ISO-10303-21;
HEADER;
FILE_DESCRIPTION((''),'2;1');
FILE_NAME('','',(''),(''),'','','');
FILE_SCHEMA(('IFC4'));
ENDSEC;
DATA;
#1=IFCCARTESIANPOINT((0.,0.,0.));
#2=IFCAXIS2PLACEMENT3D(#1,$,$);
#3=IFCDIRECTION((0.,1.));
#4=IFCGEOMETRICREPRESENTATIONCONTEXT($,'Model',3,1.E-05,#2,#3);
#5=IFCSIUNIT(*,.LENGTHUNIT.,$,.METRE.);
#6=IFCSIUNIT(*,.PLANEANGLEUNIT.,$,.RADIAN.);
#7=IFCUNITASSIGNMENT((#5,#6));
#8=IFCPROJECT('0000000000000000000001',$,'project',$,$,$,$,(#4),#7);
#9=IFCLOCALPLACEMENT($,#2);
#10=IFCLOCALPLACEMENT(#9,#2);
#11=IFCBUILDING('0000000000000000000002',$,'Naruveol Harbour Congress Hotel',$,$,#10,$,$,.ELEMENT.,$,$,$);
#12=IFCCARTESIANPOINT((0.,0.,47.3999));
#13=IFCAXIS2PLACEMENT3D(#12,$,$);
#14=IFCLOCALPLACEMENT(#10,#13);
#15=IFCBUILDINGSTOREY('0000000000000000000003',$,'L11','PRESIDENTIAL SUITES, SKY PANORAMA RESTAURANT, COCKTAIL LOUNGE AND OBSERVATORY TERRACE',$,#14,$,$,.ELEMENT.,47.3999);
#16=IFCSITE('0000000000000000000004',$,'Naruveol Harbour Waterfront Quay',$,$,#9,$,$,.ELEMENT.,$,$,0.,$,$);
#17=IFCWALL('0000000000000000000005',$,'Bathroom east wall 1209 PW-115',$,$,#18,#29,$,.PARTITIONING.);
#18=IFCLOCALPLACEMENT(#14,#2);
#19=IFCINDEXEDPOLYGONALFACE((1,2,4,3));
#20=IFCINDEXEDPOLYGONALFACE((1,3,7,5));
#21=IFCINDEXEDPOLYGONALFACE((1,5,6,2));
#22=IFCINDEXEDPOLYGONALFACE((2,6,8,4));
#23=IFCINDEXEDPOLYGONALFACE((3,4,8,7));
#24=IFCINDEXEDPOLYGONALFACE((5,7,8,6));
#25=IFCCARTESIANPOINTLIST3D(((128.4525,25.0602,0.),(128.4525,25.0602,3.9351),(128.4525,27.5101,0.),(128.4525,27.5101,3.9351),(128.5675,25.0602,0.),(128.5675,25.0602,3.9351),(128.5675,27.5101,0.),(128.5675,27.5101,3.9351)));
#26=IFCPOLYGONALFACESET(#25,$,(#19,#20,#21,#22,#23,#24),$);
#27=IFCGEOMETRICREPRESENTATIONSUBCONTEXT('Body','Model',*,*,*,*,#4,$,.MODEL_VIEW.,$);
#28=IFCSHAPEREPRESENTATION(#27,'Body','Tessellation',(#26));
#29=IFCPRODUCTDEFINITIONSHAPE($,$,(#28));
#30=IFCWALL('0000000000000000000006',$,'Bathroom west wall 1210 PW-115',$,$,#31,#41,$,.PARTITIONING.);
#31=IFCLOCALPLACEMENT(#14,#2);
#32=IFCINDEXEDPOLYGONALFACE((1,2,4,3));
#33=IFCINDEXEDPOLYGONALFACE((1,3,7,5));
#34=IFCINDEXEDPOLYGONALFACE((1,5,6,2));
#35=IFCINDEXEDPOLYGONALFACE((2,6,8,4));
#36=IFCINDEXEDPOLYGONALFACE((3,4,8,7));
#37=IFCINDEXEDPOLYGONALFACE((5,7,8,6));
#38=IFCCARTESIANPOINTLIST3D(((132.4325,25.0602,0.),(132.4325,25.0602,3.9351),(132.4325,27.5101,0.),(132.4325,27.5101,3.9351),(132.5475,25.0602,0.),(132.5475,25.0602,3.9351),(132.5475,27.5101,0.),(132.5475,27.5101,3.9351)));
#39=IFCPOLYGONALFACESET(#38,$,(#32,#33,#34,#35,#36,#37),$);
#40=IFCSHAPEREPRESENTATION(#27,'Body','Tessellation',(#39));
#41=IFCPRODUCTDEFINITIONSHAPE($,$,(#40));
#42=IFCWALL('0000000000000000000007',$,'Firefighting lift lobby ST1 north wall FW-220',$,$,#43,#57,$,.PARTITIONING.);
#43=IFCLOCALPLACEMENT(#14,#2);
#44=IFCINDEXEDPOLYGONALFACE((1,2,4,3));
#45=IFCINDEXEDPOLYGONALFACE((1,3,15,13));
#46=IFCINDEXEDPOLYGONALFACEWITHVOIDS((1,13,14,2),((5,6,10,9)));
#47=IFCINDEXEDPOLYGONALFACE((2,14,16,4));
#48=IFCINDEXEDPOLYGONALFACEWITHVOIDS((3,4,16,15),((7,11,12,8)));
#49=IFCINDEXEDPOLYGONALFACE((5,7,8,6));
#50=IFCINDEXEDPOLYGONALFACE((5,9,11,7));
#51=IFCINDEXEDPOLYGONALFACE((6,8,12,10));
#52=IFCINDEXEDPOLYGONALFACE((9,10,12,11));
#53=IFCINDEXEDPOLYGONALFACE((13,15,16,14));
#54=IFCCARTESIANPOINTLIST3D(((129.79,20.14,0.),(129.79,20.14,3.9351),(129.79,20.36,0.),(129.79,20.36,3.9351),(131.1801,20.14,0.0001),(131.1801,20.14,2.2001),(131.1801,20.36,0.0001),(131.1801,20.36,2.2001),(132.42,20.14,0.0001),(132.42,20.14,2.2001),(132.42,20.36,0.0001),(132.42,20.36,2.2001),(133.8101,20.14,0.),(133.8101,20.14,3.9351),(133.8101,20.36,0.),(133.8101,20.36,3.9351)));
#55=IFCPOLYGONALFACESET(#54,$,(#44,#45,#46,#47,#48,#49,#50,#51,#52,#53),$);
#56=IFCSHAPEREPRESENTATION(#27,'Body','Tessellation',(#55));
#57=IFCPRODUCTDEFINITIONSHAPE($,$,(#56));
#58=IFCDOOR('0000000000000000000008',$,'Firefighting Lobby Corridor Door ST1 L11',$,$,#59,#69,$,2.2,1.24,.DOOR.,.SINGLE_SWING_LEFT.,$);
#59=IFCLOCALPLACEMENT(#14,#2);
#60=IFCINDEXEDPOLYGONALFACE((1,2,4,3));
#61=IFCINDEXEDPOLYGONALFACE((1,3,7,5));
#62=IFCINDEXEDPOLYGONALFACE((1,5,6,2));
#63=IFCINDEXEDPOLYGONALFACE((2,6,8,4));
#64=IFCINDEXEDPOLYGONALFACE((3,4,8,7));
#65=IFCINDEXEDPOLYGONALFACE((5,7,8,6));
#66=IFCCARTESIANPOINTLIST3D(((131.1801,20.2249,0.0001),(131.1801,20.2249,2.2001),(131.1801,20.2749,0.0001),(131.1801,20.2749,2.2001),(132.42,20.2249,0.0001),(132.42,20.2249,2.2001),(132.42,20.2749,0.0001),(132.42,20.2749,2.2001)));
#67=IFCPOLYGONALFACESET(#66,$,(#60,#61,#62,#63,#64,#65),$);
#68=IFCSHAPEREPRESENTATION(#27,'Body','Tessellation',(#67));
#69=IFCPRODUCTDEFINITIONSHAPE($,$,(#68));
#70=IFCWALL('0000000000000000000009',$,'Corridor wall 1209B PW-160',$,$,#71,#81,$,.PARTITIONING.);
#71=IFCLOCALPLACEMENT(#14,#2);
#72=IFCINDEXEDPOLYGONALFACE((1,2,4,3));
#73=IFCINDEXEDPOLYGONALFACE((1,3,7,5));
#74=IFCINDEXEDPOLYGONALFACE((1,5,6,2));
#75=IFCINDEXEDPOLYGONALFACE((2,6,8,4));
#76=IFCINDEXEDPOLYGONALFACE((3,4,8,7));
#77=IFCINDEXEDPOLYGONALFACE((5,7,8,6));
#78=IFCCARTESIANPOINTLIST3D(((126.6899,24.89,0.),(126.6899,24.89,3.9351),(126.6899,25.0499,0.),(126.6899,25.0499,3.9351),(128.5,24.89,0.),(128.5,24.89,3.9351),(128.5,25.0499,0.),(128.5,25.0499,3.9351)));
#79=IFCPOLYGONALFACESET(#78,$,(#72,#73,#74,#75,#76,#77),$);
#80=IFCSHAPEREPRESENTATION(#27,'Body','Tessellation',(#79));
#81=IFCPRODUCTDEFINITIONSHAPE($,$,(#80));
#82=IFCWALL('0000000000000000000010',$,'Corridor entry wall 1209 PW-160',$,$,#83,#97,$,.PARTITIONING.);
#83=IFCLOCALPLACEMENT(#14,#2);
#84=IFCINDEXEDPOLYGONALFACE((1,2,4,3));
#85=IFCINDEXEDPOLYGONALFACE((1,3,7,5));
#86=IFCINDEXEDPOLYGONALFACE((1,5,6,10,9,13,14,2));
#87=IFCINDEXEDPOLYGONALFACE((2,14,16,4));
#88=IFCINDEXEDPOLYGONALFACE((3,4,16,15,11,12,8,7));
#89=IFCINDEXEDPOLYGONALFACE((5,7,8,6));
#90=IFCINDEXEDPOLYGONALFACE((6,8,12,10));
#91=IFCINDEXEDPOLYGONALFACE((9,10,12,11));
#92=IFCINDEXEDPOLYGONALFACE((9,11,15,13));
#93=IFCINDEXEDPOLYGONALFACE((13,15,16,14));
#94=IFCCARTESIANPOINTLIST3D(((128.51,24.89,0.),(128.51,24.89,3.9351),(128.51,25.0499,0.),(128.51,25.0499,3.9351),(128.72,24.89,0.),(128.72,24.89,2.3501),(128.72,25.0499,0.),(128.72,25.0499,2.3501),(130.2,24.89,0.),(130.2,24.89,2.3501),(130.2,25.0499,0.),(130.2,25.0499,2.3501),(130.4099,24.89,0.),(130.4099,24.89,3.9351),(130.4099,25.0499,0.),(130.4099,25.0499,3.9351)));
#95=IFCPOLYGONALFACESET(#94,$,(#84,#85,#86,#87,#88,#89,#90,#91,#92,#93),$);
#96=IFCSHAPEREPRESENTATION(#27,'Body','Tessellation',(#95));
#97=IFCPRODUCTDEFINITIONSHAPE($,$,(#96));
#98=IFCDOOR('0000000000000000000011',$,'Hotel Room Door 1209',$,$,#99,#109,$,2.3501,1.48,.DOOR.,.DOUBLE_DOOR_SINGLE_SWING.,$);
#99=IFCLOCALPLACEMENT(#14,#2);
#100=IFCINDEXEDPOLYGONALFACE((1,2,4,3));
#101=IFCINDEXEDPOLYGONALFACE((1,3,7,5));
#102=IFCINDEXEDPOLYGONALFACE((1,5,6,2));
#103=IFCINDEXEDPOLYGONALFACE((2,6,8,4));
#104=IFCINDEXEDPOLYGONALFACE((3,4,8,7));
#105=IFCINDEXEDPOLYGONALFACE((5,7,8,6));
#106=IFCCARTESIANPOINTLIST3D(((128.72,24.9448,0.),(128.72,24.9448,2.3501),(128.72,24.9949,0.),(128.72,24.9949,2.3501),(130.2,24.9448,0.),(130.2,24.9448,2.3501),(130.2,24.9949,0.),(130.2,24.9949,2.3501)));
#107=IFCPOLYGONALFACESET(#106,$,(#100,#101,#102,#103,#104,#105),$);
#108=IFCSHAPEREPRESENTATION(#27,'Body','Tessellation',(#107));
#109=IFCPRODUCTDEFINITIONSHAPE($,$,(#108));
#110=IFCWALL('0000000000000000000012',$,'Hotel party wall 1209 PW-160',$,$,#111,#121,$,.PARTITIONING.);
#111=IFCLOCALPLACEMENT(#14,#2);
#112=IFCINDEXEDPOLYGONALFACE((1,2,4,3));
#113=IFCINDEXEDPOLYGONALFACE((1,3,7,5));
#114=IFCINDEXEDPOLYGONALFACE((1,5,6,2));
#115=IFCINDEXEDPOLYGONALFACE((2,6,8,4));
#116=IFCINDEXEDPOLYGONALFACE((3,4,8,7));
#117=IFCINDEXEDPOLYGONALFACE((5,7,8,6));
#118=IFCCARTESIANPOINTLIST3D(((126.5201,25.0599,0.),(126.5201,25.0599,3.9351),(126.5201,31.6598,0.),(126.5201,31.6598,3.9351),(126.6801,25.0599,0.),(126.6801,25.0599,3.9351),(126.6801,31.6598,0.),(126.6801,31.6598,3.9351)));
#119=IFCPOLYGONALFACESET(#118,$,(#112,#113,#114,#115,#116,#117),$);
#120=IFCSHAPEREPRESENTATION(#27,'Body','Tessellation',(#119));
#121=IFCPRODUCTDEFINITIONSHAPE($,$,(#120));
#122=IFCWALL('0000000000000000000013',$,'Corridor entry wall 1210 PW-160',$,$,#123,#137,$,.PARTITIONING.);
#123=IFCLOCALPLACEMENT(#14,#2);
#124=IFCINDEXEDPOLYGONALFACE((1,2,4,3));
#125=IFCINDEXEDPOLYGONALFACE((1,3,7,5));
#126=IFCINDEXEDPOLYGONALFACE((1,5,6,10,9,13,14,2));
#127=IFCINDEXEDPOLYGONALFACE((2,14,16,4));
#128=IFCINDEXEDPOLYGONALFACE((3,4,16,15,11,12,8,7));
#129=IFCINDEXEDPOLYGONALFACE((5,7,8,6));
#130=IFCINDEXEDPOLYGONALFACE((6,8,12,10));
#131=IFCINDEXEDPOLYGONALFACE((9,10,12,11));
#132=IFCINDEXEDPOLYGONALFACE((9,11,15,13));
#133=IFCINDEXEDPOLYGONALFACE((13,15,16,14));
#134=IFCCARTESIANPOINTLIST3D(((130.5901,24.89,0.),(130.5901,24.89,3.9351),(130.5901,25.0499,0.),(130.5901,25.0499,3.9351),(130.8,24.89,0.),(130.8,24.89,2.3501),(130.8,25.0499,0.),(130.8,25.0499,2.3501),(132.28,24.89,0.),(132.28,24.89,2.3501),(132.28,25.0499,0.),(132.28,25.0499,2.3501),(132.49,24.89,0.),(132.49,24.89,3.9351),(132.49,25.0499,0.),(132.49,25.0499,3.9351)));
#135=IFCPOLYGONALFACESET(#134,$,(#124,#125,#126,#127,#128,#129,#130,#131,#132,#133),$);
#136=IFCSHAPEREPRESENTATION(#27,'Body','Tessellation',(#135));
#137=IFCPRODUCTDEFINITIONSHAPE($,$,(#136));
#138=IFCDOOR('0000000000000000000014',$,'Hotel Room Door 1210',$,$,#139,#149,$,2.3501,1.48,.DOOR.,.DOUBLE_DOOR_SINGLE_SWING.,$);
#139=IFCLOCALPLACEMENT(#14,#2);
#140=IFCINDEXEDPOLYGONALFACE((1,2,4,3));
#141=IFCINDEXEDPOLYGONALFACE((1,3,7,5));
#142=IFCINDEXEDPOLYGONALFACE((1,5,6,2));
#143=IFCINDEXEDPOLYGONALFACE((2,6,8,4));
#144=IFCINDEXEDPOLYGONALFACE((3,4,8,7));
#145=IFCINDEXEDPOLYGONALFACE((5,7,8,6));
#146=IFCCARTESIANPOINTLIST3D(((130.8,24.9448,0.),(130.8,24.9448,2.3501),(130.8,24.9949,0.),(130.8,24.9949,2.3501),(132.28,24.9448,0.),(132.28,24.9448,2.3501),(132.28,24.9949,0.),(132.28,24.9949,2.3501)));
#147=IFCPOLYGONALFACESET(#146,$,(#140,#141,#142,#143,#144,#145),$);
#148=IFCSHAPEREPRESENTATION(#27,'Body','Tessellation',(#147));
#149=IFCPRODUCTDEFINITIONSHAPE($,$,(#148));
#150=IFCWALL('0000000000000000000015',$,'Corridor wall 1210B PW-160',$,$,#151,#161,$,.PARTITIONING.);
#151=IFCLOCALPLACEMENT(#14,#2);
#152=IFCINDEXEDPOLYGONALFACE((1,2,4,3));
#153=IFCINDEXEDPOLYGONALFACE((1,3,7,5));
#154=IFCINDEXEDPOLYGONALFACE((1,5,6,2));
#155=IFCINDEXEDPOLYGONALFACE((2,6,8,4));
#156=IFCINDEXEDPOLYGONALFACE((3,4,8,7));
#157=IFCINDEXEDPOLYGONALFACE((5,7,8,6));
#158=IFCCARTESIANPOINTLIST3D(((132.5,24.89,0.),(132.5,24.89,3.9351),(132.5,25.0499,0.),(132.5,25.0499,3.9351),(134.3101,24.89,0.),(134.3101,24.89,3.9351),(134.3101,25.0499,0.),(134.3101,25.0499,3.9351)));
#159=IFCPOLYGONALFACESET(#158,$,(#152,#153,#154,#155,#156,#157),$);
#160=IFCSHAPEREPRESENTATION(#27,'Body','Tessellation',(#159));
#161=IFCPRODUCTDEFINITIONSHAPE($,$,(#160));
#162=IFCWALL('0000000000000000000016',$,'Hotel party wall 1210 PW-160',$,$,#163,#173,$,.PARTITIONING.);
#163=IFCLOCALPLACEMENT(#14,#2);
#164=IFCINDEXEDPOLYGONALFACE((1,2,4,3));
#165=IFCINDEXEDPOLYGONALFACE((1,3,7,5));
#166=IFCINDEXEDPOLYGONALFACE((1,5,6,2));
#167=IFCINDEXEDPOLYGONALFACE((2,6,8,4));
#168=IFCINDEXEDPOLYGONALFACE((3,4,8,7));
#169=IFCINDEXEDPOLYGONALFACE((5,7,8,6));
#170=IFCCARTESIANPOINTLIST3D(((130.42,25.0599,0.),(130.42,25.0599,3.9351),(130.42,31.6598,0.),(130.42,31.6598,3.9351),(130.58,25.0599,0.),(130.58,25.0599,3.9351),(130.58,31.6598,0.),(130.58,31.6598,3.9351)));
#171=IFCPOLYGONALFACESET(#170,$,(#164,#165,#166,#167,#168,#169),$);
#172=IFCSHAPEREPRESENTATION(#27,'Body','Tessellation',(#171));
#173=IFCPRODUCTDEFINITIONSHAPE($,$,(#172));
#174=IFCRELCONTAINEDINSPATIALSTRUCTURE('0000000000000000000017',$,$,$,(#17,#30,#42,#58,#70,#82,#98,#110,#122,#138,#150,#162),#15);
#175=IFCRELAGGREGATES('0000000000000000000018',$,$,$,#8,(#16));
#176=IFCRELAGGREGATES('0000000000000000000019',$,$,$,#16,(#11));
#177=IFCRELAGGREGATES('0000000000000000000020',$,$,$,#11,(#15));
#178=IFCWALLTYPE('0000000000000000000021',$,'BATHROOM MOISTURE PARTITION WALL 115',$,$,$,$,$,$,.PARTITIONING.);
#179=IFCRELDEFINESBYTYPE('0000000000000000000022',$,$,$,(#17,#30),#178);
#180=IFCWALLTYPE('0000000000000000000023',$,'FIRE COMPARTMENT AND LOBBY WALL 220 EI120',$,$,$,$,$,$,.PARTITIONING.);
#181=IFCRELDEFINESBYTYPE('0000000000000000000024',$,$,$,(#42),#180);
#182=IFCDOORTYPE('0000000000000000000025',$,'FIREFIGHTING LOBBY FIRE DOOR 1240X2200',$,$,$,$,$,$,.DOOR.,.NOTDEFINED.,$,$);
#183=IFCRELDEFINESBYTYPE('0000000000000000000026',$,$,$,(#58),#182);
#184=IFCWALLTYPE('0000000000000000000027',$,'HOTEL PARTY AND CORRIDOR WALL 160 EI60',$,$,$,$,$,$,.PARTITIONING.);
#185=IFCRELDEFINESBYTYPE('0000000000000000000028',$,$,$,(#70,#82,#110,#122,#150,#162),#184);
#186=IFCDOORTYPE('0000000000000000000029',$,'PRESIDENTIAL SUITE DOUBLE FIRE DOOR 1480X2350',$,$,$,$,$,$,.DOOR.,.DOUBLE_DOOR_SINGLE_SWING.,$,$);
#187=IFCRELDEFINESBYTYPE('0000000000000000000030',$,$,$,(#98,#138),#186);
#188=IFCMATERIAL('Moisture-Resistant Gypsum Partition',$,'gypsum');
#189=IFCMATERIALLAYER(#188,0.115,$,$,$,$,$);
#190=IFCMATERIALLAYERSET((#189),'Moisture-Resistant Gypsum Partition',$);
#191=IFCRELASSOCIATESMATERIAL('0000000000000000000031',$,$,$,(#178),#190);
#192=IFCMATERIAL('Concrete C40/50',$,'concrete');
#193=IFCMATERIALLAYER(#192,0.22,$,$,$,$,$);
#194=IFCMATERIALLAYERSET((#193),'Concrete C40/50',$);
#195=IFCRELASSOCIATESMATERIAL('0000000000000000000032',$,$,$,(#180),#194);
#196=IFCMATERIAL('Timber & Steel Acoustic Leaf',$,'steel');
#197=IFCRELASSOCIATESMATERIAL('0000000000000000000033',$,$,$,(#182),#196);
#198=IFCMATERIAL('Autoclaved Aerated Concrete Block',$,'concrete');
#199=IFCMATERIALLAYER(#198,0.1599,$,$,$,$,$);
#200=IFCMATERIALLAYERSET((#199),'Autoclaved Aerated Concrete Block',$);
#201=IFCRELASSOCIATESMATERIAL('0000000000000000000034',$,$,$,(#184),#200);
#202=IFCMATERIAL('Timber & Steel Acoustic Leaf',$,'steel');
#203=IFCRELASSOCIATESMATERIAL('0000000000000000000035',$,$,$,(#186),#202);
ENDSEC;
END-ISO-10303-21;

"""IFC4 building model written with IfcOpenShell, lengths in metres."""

from ifc_helpers import new_model, si_unit, direction, frame, frame_2d, origin, place, context, subcontext, project, spatial, rectangle, extrude, material, layer, layer_set, type_object, element, fill, save


model = new_model("IFC4")

# Units and contexts
model_context = context("Model", 3, precision=1e-05, world=origin(), true_north=direction((0.0, 1.0)))
body_context = subcontext(model_context, "Body", "Model", "MODEL_VIEW")
ifc_project = project(units=[si_unit("LENGTHUNIT", "METRE"), si_unit("PLANEANGLEUNIT", "RADIAN")], contexts=[model_context])

# Site, building, storey
site_placement = place(None, origin())
site = spatial("IfcSite", under=ifc_project, at=site_placement, Name="Naruveol Harbour Waterfront Quay", CompositionType="ELEMENT", RefElevation=0.0)
building_placement = place(site_placement, origin())
building = spatial("IfcBuilding", under=site, at=building_placement, Name="Naruveol Harbour Congress Hotel", CompositionType="ELEMENT")
storey_placement = place(building_placement, frame((0.0, 0.0, 47.3999)))
storey = spatial("IfcBuildingStorey", under=building, at=storey_placement, Name="L11", Description="PRESIDENTIAL SUITES, SKY PANORAMA RESTAURANT, COCKTAIL LOUNGE AND OBSERVATORY TERRACE", CompositionType="ELEMENT", Elevation=47.3999)

# Wall
ifc_material_1 = material(Name="Moisture-Resistant Gypsum Partition", Category="gypsum")
ifc_layer_1 = layer(ifc_material_1, 0.115)
ifc_layer_set_1 = layer_set([ifc_layer_1], Name="Moisture-Resistant Gypsum Partition")
wall_type_1 = type_object("IfcWallType", Name="BATHROOM MOISTURE PARTITION WALL 115", PredefinedType="PARTITIONING", material=ifc_layer_set_1)
wall_1_placement = place(storey_placement, frame((128.51, 25.0601, 0.0), z_axis=(0.0, 0.0, 1.0), x_axis=(0.0, 1.0, 0.0)))
element("IfcWall", 1, at=wall_1_placement, inside=storey, type_object=wall_type_1, Name="Bathroom east wall 1209 PW-115", PredefinedType="PARTITIONING", context=body_context, shape_type="SweptSolid", body=[
    extrude(rectangle(XDim=2.45, YDim=0.115, at=frame_2d((1.2251, 0.0))), origin(), (0.0, 0.0, 1.0), 3.9351),
])

# Wall
wall_2_placement = place(storey_placement, frame((132.49, 25.0601, 0.0), z_axis=(0.0, 0.0, 1.0), x_axis=(0.0, 1.0, 0.0)))
element("IfcWall", 2, at=wall_2_placement, inside=storey, type_object=wall_type_1, Name="Bathroom west wall 1210 PW-115", PredefinedType="PARTITIONING", context=body_context, shape_type="SweptSolid", body=[
    extrude(rectangle(XDim=2.45, YDim=0.115, at=frame_2d((1.2251, 0.0))), origin(), (0.0, 0.0, 1.0), 3.9351),
])

# Wall, opening, door
ifc_material_2 = material(Name="Concrete C40/50", Category="concrete")
ifc_layer_2 = layer(ifc_material_2, 0.22)
ifc_layer_set_2 = layer_set([ifc_layer_2], Name="Concrete C40/50")
wall_type_2 = type_object("IfcWallType", Name="FIRE COMPARTMENT AND LOBBY WALL 220 EI120", PredefinedType="PARTITIONING", material=ifc_layer_set_2)
wall_3_placement = place(storey_placement, frame((129.79, 20.25, 0.0), z_axis=(0.0, 0.0, 1.0), x_axis=(1.0, 0.0, 0.0)))
wall_3 = element("IfcWall", 3, at=wall_3_placement, inside=storey, type_object=wall_type_2, Name="Firefighting lift lobby ST1 north wall FW-220", PredefinedType="PARTITIONING", context=body_context, shape_type="SweptSolid", body=[
    extrude(rectangle(XDim=4.02, YDim=0.22, at=frame_2d((2.01, 0.0))), origin(), (0.0, 0.0, 1.0), 3.9351),
])
opening_1_placement = place(wall_3_placement, frame((1.3899, 0.0, 0.0)))
opening_1 = element("IfcOpeningElement", 4, at=opening_1_placement, cuts=wall_3, PredefinedType="OPENING", context=body_context, shape_type="SweptSolid", body=[
    extrude(rectangle(XDim=1.24, YDim=2.2, at=frame_2d((0.6201, 1.1001))), frame((0.0, 0.1199, 0.0), z_axis=(0.0, -1.0, 0.0), x_axis=(1.0, 0.0, 0.0)), (0.0, 0.0, 1.0), 0.24),
])
ifc_material_3 = material(Name="Timber & Steel Acoustic Leaf", Category="steel")
door_type_1 = type_object("IfcDoorType", Name="FIREFIGHTING LOBBY FIRE DOOR 1240X2200", OperationType="NOTDEFINED", PredefinedType="DOOR", material=ifc_material_3)
door_1_placement = place(opening_1_placement, origin())
door_1 = element("IfcDoor", 5, at=door_1_placement, inside=storey, type_object=door_type_1, Name="Firefighting Lobby Corridor Door ST1 L11", OperationType="SINGLE_SWING_LEFT", OverallHeight=2.2, OverallWidth=1.24, PredefinedType="DOOR", context=body_context, shape_type="SweptSolid", body=[
    extrude(rectangle(XDim=1.24, YDim=2.2, at=frame_2d((0.6201, 1.1001))), frame((0.0, 0.0249, 0.0), z_axis=(0.0, -1.0, 0.0), x_axis=(1.0, 0.0, 0.0)), (0.0, 0.0, 1.0), 0.05),
])
fill(opening_1, door_1)

# Wall
ifc_material_4 = material(Name="Autoclaved Aerated Concrete Block", Category="concrete")
ifc_layer_3 = layer(ifc_material_4, 0.1599)
ifc_layer_set_3 = layer_set([ifc_layer_3], Name="Autoclaved Aerated Concrete Block")
wall_type_3 = type_object("IfcWallType", Name="HOTEL PARTY AND CORRIDOR WALL 160 EI60", PredefinedType="PARTITIONING", material=ifc_layer_set_3)
wall_4_placement = place(storey_placement, frame((126.6899, 24.97, 0.0), z_axis=(0.0, 0.0, 1.0), x_axis=(1.0, 0.0, 0.0)))
element("IfcWall", 6, at=wall_4_placement, inside=storey, type_object=wall_type_3, Name="Corridor wall 1209B PW-160", PredefinedType="PARTITIONING", context=body_context, shape_type="SweptSolid", body=[
    extrude(rectangle(XDim=1.8101, YDim=0.1599, at=frame_2d((0.905, 0.0))), origin(), (0.0, 0.0, 1.0), 3.9351),
])

# Wall, opening, door
wall_5_placement = place(storey_placement, frame((128.51, 24.97, 0.0), z_axis=(0.0, 0.0, 1.0), x_axis=(1.0, 0.0, 0.0)))
wall_5 = element("IfcWall", 7, at=wall_5_placement, inside=storey, type_object=wall_type_3, Name="Corridor entry wall 1209 PW-160", PredefinedType="PARTITIONING", context=body_context, shape_type="SweptSolid", body=[
    extrude(rectangle(XDim=1.8999, YDim=0.1599, at=frame_2d((0.95, 0.0))), origin(), (0.0, 0.0, 1.0), 3.9351),
])
opening_2_placement = place(wall_5_placement, frame((0.21, 0.0, 0.0)))
opening_2 = element("IfcOpeningElement", 8, at=opening_2_placement, cuts=wall_5, PredefinedType="OPENING", context=body_context, shape_type="SweptSolid", body=[
    extrude(rectangle(XDim=1.48, YDim=2.3501, at=frame_2d((0.74, 1.175))), frame((0.0, 0.0898, 0.0), z_axis=(0.0, -1.0, 0.0), x_axis=(1.0, 0.0, 0.0)), (0.0, 0.0, 1.0), 0.1799),
])
ifc_material_5 = material(Name="Timber & Steel Acoustic Leaf", Category="steel")
door_type_2 = type_object("IfcDoorType", Name="PRESIDENTIAL SUITE DOUBLE FIRE DOOR 1480X2350", OperationType="DOUBLE_DOOR_SINGLE_SWING", PredefinedType="DOOR", material=ifc_material_5)
door_2_placement = place(opening_2_placement, origin())
door_2 = element("IfcDoor", 9, at=door_2_placement, inside=storey, type_object=door_type_2, Name="Hotel Room Door 1209", OperationType="DOUBLE_DOOR_SINGLE_SWING", OverallHeight=2.3501, OverallWidth=1.48, PredefinedType="DOOR", context=body_context, shape_type="SweptSolid", body=[
    extrude(rectangle(XDim=1.48, YDim=2.3501, at=frame_2d((0.74, 1.175))), frame((0.0, 0.0249, 0.0), z_axis=(0.0, -1.0, 0.0), x_axis=(1.0, 0.0, 0.0)), (0.0, 0.0, 1.0), 0.05),
])
fill(opening_2, door_2)

# Wall
wall_6_placement = place(storey_placement, frame((126.6001, 25.0601, 0.0), z_axis=(0.0, 0.0, 1.0), x_axis=(0.0, 1.0, 0.0)))
element("IfcWall", 10, at=wall_6_placement, inside=storey, type_object=wall_type_3, Name="Hotel party wall 1209 PW-160", PredefinedType="PARTITIONING", context=body_context, shape_type="SweptSolid", body=[
    extrude(rectangle(XDim=6.5999, YDim=0.1599, at=frame_2d((3.2998, 0.0))), origin(), (0.0, 0.0, 1.0), 3.9351),
])

# Wall, opening, door
wall_7_placement = place(storey_placement, frame((130.5901, 24.97, 0.0), z_axis=(0.0, 0.0, 1.0), x_axis=(1.0, 0.0, 0.0)))
wall_7 = element("IfcWall", 11, at=wall_7_placement, inside=storey, type_object=wall_type_3, Name="Corridor entry wall 1210 PW-160", PredefinedType="PARTITIONING", context=body_context, shape_type="SweptSolid", body=[
    extrude(rectangle(XDim=1.8999, YDim=0.1599, at=frame_2d((0.95, 0.0))), origin(), (0.0, 0.0, 1.0), 3.9351),
])
opening_3_placement = place(wall_7_placement, frame((0.21, 0.0, 0.0)))
opening_3 = element("IfcOpeningElement", 12, at=opening_3_placement, cuts=wall_7, PredefinedType="OPENING", context=body_context, shape_type="SweptSolid", body=[
    extrude(rectangle(XDim=1.48, YDim=2.3501, at=frame_2d((0.74, 1.175))), frame((0.0, 0.0898, 0.0), z_axis=(0.0, -1.0, 0.0), x_axis=(1.0, 0.0, 0.0)), (0.0, 0.0, 1.0), 0.1799),
])
door_3_placement = place(opening_3_placement, origin())
door_3 = element("IfcDoor", 13, at=door_3_placement, inside=storey, type_object=door_type_2, Name="Hotel Room Door 1210", OperationType="DOUBLE_DOOR_SINGLE_SWING", OverallHeight=2.3501, OverallWidth=1.48, PredefinedType="DOOR", context=body_context, shape_type="SweptSolid", body=[
    extrude(rectangle(XDim=1.48, YDim=2.3501, at=frame_2d((0.74, 1.175))), frame((0.0, 0.0249, 0.0), z_axis=(0.0, -1.0, 0.0), x_axis=(1.0, 0.0, 0.0)), (0.0, 0.0, 1.0), 0.05),
])
fill(opening_3, door_3)

# Walls
wall_8_placement = place(storey_placement, frame((132.5, 24.97, 0.0), z_axis=(0.0, 0.0, 1.0), x_axis=(1.0, 0.0, 0.0)))
element("IfcWall", 14, at=wall_8_placement, inside=storey, type_object=wall_type_3, Name="Corridor wall 1210B PW-160", PredefinedType="PARTITIONING", context=body_context, shape_type="SweptSolid", body=[
    extrude(rectangle(XDim=1.8101, YDim=0.1599, at=frame_2d((0.905, 0.0))), origin(), (0.0, 0.0, 1.0), 3.9351),
])
wall_9_placement = place(storey_placement, frame((130.5, 25.0601, 0.0), z_axis=(0.0, 0.0, 1.0), x_axis=(0.0, 1.0, 0.0)))
element("IfcWall", 15, at=wall_9_placement, inside=storey, type_object=wall_type_3, Name="Hotel party wall 1210 PW-160", PredefinedType="PARTITIONING", context=body_context, shape_type="SweptSolid", body=[
    extrude(rectangle(XDim=6.5999, YDim=0.1599, at=frame_2d((3.2998, 0.0))), origin(), (0.0, 0.0, 1.0), 3.9351),
])

save(model, "model.ifc")
